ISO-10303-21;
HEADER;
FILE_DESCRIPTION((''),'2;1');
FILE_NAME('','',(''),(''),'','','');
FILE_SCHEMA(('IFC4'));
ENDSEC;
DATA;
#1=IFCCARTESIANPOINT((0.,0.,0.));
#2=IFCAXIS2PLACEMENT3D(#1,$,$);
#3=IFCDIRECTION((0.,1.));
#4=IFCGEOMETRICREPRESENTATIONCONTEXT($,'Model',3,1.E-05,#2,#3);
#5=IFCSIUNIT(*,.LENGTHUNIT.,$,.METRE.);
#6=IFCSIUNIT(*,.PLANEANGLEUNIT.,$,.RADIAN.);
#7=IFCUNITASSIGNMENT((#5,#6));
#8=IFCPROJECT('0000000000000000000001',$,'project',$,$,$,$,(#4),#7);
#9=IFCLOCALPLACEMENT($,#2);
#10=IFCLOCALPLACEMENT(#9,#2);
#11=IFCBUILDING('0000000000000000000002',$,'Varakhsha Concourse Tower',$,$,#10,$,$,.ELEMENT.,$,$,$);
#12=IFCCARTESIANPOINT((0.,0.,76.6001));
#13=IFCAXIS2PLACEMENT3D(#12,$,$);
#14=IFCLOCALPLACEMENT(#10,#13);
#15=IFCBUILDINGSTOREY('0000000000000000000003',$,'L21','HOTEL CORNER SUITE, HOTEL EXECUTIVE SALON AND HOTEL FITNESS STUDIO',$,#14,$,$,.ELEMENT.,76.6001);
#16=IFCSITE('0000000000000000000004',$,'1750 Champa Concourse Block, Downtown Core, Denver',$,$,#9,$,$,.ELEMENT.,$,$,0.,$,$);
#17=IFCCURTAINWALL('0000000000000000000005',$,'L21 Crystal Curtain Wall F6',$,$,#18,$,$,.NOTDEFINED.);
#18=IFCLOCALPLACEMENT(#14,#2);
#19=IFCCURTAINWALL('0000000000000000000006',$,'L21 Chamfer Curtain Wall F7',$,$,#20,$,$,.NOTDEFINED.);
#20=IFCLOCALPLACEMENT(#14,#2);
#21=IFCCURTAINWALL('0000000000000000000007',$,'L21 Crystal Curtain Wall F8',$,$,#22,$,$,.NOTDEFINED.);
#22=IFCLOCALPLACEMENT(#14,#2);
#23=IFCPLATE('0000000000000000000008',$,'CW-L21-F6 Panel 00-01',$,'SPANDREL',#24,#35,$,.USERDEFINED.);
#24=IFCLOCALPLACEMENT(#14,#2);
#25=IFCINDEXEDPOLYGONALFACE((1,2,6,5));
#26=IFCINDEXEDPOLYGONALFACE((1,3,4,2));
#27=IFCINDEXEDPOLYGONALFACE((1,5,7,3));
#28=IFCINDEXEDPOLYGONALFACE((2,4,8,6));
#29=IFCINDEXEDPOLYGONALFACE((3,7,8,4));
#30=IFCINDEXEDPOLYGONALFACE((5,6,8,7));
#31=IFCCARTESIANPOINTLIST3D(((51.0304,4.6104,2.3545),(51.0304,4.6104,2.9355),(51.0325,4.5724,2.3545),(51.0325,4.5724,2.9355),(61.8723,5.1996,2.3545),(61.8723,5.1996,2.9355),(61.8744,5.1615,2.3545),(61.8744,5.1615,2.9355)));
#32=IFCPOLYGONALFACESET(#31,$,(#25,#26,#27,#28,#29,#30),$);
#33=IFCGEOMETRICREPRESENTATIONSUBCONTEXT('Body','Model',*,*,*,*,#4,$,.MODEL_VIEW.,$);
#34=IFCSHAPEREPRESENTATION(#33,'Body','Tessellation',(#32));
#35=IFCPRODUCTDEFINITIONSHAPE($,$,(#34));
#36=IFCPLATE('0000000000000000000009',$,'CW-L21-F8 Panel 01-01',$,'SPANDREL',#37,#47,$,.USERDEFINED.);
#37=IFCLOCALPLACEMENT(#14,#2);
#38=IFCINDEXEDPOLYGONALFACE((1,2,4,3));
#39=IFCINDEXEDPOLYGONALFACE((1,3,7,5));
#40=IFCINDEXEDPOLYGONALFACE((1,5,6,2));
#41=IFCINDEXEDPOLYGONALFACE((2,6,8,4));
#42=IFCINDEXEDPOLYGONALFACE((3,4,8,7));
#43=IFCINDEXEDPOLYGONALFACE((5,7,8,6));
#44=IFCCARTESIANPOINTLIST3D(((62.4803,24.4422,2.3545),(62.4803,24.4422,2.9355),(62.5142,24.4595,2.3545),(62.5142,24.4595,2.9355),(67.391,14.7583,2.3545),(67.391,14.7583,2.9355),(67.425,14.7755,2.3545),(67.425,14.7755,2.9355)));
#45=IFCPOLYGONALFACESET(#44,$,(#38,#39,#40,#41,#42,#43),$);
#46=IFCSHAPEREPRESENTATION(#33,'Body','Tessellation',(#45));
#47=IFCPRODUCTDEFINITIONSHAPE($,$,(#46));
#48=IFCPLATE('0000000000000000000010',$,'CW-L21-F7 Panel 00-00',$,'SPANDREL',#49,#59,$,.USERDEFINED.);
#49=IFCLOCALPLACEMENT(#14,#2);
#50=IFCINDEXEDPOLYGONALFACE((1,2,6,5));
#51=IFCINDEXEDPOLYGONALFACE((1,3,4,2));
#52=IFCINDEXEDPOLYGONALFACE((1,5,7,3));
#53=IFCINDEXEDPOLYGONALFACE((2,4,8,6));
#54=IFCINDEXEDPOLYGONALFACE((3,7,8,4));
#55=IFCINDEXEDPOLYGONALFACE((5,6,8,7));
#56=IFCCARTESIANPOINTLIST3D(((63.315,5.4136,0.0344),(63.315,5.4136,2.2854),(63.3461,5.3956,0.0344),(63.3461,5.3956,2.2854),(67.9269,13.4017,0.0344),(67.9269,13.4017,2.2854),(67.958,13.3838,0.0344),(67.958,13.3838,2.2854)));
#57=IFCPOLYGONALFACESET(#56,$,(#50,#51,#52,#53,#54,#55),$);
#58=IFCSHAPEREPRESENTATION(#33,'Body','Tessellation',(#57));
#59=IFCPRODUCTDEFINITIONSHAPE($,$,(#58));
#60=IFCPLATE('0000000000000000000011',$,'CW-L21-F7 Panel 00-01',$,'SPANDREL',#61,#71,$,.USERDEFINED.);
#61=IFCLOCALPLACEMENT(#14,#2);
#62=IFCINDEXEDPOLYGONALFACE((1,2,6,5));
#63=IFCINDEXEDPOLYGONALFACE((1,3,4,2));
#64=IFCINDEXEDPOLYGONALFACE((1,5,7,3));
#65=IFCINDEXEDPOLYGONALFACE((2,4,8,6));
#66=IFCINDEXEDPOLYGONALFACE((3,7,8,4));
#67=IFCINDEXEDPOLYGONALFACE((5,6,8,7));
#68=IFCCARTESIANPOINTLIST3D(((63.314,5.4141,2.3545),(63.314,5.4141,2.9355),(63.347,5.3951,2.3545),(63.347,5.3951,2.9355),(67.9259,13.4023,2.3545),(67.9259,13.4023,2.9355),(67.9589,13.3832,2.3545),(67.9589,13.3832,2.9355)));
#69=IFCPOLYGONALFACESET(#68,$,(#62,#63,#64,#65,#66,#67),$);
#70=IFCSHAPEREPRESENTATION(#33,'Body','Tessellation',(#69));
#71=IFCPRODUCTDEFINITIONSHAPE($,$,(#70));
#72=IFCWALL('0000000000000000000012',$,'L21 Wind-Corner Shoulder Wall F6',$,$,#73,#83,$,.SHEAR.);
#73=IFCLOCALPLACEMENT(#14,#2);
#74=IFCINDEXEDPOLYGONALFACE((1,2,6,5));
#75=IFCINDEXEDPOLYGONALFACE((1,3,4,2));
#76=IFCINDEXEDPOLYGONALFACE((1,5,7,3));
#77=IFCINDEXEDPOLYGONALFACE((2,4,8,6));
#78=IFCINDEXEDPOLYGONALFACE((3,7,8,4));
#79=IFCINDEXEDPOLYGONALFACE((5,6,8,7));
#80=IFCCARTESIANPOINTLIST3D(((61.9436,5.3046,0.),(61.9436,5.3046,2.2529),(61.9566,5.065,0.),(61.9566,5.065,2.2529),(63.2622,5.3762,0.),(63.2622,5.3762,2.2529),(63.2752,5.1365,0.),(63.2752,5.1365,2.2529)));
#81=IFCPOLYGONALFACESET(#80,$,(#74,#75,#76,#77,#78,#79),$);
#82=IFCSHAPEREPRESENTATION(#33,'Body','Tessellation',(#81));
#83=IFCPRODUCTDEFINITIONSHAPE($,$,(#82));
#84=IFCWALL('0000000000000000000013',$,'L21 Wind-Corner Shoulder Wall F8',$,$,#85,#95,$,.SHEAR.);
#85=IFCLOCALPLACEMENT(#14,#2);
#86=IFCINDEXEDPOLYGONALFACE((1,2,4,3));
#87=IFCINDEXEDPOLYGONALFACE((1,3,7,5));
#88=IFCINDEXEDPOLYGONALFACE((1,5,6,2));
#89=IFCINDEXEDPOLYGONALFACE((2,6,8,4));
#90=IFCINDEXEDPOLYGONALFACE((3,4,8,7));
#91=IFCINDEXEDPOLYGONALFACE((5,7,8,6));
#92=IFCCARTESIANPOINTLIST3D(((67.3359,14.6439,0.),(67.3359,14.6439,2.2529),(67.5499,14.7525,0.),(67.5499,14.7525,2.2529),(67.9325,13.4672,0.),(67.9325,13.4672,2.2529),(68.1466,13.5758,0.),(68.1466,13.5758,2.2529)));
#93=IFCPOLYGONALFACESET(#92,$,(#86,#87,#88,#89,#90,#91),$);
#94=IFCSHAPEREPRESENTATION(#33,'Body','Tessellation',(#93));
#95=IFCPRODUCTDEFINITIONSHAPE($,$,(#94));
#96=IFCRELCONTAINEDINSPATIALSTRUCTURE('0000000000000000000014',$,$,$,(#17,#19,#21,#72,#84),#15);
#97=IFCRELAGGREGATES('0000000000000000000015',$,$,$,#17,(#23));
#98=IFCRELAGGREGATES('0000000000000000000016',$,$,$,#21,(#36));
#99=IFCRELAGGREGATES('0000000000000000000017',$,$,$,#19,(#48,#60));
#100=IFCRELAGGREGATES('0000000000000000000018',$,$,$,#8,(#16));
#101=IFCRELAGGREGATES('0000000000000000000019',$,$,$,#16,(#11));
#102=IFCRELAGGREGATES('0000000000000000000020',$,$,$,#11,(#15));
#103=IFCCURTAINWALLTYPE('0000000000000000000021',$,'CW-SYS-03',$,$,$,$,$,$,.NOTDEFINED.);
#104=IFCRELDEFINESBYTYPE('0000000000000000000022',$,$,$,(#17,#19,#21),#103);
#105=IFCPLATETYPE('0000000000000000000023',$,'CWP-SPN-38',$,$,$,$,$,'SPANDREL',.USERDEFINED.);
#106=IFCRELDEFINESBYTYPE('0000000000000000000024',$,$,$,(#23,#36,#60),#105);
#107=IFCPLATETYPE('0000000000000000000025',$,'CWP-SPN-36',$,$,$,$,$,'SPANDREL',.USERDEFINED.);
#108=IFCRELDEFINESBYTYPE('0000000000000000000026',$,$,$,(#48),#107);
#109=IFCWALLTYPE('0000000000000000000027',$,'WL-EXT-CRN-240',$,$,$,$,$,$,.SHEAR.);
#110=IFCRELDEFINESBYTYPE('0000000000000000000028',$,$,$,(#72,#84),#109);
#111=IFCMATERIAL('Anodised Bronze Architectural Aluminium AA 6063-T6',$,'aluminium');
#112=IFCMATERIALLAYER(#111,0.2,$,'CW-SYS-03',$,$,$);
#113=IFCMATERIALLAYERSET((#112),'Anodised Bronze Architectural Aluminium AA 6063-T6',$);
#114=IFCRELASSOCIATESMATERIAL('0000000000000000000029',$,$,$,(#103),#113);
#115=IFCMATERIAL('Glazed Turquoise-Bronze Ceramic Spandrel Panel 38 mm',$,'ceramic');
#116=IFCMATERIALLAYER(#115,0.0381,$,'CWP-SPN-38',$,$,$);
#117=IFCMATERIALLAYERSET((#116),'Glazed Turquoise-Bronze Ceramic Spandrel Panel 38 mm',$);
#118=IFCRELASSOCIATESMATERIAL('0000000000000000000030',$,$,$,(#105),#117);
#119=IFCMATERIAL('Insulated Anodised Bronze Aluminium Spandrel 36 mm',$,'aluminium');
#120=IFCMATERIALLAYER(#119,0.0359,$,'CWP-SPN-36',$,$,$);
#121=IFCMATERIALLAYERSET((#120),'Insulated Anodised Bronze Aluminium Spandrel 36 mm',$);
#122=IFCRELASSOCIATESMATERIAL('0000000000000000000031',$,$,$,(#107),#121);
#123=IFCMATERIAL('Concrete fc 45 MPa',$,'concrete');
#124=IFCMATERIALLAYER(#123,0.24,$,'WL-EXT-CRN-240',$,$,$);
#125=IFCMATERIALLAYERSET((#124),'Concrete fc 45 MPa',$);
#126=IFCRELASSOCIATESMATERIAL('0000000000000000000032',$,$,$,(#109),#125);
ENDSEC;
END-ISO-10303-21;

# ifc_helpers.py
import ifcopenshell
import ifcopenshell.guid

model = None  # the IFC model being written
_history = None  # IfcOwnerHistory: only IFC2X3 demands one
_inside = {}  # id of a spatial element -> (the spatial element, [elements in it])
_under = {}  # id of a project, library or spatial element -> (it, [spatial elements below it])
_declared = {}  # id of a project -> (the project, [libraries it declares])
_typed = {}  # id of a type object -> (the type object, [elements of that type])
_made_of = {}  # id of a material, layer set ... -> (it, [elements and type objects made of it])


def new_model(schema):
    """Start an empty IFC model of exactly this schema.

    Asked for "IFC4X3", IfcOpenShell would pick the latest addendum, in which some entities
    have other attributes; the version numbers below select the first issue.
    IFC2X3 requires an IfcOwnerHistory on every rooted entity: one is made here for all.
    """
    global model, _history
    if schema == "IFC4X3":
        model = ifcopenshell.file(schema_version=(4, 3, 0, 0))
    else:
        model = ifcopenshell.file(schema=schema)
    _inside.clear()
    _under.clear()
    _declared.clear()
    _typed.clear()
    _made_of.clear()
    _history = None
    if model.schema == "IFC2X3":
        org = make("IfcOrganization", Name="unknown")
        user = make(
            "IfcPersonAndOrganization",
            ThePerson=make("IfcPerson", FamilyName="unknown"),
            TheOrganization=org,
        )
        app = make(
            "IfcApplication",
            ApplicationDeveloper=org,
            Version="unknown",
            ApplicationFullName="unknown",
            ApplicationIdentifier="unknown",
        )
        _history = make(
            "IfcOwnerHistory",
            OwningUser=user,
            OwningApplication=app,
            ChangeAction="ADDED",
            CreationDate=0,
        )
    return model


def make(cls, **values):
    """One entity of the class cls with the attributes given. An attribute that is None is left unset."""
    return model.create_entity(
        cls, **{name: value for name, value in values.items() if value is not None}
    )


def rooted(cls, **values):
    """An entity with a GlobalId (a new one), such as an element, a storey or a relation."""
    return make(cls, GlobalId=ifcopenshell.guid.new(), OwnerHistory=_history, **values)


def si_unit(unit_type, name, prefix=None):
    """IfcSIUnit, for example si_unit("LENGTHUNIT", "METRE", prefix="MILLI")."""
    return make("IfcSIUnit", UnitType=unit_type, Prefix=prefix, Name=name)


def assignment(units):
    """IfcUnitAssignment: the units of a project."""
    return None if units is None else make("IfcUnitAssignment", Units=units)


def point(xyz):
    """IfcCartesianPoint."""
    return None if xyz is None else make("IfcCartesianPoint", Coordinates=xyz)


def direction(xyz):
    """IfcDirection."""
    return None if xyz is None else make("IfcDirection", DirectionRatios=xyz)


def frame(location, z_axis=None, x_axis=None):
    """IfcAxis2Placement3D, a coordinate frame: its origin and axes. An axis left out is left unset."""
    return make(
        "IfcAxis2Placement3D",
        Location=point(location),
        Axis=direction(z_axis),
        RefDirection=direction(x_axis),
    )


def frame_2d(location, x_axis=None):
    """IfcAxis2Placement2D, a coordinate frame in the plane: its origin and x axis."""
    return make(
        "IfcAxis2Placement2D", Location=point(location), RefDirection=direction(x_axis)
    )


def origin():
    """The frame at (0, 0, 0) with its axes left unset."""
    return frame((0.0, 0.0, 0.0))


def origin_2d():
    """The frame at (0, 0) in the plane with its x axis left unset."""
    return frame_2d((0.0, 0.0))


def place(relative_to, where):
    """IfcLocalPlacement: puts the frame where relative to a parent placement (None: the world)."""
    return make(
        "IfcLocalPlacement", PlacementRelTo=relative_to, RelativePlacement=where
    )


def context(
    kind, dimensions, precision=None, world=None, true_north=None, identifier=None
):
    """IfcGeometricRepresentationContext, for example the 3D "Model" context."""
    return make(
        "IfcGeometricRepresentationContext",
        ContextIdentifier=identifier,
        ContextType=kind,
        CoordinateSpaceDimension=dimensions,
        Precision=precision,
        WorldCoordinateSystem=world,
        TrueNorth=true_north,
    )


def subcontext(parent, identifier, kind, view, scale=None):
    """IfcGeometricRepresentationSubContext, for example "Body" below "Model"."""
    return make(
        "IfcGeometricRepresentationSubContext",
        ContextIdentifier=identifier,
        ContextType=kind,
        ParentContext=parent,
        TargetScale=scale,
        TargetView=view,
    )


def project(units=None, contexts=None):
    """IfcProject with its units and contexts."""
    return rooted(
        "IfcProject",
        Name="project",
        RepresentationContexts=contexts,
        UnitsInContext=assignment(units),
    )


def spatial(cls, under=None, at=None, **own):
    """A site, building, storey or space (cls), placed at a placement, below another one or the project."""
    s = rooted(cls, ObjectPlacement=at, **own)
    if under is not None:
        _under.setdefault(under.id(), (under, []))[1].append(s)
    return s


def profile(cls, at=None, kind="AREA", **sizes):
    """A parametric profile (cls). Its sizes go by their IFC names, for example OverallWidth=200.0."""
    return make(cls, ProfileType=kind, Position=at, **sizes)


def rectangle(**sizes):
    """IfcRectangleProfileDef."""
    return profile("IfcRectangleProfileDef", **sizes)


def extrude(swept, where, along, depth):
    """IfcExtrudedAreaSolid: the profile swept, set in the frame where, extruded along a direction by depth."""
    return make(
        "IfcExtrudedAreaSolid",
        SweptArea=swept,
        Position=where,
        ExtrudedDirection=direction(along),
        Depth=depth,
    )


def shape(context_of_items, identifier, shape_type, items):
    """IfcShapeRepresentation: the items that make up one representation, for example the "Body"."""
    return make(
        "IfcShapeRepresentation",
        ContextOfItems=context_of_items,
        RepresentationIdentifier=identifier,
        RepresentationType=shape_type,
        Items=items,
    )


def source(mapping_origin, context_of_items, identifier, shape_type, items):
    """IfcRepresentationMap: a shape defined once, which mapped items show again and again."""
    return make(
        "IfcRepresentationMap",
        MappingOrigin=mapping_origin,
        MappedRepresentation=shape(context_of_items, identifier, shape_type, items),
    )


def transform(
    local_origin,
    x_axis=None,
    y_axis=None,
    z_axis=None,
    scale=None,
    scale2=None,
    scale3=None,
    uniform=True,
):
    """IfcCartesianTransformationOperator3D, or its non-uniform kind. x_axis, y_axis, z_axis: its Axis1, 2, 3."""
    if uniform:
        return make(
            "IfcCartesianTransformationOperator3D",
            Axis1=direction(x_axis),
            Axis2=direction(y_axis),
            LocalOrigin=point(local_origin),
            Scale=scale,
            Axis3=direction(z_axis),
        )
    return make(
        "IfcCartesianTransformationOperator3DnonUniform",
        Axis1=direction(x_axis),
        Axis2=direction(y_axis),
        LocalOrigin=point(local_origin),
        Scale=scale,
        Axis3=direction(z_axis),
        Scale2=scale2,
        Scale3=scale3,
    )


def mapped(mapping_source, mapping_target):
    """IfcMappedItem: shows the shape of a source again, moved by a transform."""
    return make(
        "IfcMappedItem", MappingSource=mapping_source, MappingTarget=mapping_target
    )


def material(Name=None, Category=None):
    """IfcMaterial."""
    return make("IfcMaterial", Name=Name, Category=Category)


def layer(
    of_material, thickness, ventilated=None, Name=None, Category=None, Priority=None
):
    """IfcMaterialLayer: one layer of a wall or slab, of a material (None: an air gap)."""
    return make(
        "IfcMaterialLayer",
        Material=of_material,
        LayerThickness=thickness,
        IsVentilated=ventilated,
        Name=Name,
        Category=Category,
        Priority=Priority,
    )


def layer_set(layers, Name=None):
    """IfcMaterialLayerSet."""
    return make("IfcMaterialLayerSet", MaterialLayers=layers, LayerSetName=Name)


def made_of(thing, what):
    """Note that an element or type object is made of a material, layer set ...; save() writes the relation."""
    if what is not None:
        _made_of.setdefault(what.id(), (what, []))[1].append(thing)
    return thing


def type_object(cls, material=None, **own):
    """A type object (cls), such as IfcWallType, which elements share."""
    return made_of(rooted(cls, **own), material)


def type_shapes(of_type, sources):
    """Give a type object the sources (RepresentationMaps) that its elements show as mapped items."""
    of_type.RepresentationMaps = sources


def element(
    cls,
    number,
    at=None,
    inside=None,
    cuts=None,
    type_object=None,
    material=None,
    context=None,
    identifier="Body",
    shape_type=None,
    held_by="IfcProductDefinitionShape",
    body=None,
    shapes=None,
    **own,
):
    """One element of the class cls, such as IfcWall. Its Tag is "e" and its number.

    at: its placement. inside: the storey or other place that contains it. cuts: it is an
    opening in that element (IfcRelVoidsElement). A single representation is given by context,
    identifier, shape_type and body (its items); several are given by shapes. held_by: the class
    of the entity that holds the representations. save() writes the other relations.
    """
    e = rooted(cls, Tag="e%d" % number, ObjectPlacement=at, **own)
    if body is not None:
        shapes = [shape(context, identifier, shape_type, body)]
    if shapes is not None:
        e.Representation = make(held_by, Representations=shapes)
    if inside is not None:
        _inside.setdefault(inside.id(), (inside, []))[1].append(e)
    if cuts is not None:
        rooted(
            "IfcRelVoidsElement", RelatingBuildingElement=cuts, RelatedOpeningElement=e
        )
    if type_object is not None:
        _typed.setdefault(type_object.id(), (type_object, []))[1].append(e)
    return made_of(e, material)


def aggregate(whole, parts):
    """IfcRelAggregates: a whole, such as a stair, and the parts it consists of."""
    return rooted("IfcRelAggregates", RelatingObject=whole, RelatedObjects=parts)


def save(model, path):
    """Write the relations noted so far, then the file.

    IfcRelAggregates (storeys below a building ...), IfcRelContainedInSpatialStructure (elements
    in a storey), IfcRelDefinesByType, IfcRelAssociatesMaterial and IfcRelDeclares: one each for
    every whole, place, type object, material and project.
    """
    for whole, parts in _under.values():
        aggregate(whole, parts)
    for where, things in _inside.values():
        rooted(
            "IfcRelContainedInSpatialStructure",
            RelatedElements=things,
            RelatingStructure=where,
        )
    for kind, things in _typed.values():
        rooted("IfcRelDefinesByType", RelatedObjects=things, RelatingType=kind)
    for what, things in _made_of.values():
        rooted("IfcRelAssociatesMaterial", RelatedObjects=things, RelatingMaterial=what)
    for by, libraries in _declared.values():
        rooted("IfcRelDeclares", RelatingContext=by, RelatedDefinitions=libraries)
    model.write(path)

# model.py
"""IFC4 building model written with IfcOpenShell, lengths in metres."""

from ifc_helpers import new_model, si_unit, direction, frame, frame_2d, origin, origin_2d, place, context, subcontext, project, spatial, rectangle, extrude, source, transform, mapped, material, layer, layer_set, type_object, type_shapes, element, aggregate, save


model = new_model("IFC4")

# Units and contexts
model_context = context("Model", 3, precision=1e-05, world=origin(), true_north=direction((0.0, 1.0)))
body_context = subcontext(model_context, "Body", "Model", "MODEL_VIEW")
ifc_project = project(units=[si_unit("LENGTHUNIT", "METRE"), si_unit("PLANEANGLEUNIT", "RADIAN")], contexts=[model_context])

# Site, building, storey
site_placement = place(None, origin())
site = spatial("IfcSite", under=ifc_project, at=site_placement, Name="1750 Champa Concourse Block, Downtown Core, Denver", CompositionType="ELEMENT", RefElevation=0.0)
building_placement = place(site_placement, origin())
building = spatial("IfcBuilding", under=site, at=building_placement, Name="Varakhsha Concourse Tower", CompositionType="ELEMENT")
storey_placement = place(building_placement, frame((0.0, 0.0, 76.6001)))
storey = spatial("IfcBuildingStorey", under=building, at=storey_placement, Name="L21", Description="HOTEL CORNER SUITE, HOTEL EXECUTIVE SALON AND HOTEL FITNESS STUDIO", CompositionType="ELEMENT", Elevation=76.6001)

# Curtain walls
ifc_material_1 = material(Name="Anodised Bronze Architectural Aluminium AA 6063-T6", Category="aluminium")
ifc_layer_1 = layer(ifc_material_1, 0.2, Name="CW-SYS-03")
ifc_layer_set_1 = layer_set([ifc_layer_1], Name="Anodised Bronze Architectural Aluminium AA 6063-T6")
curtain_wall_type = type_object("IfcCurtainWallType", Name="CW-SYS-03", PredefinedType="NOTDEFINED", material=ifc_layer_set_1)
curtain_wall_1_placement = place(storey_placement, origin())
curtain_wall_1 = element("IfcCurtainWall", 1, at=curtain_wall_1_placement, inside=storey, type_object=curtain_wall_type, Name="L21 Crystal Curtain Wall F6", PredefinedType="NOTDEFINED")
curtain_wall_2_placement = place(storey_placement, origin())
curtain_wall_2 = element("IfcCurtainWall", 2, at=curtain_wall_2_placement, inside=storey, type_object=curtain_wall_type, Name="L21 Chamfer Curtain Wall F7", PredefinedType="NOTDEFINED")

# Curtain wall
curtain_wall_3_placement = place(storey_placement, origin())
curtain_wall_3 = element("IfcCurtainWall", 3, at=curtain_wall_3_placement, inside=storey, type_object=curtain_wall_type, Name="L21 Crystal Curtain Wall F8", PredefinedType="NOTDEFINED")

# Plates
ifc_material_2 = material(Name="Glazed Turquoise-Bronze Ceramic Spandrel Panel 38 mm", Category="ceramic")
ifc_layer_2 = layer(ifc_material_2, 0.0381, Name="CWP-SPN-38")
ifc_layer_set_2 = layer_set([ifc_layer_2], Name="Glazed Turquoise-Bronze Ceramic Spandrel Panel 38 mm")
plate_type_1 = type_object("IfcPlateType", Name="CWP-SPN-38", ElementType="SPANDREL", PredefinedType="USERDEFINED", material=ifc_layer_set_2)
shared_shape_1 = source(origin(), body_context, "Body", "SweptSolid", [
    extrude(rectangle(XDim=10.8579, YDim=0.0381, at=origin_2d()), origin(), (0.0, 0.0, 1.0), 0.5811),
])
plate_1_placement = place(storey_placement, frame((56.4524, 4.886, 2.3545), z_axis=(0.0, 0.0, 1.0), x_axis=(-0.998527, -0.054257, 0.0)))
plate_1 = element("IfcPlate", 4, at=plate_1_placement, type_object=plate_type_1, Name="CW-L21-F6 Panel 00-01", ObjectType="SPANDREL", PredefinedType="USERDEFINED", context=body_context, shape_type="MappedRepresentation", body=[
    mapped(shared_shape_1, transform((0.0, 0.0, 0.0), scale=1.0)),
])
aggregate(curtain_wall_1, [plate_1])
plate_2_placement = place(storey_placement, frame((64.9526, 19.6089, 2.3545), z_axis=(0.0, 0.0, 1.0), x_axis=(0.452274, -0.891879, 0.0)))
plate_2 = element("IfcPlate", 5, at=plate_2_placement, type_object=plate_type_1, Name="CW-L21-F8 Panel 01-01", ObjectType="SPANDREL", PredefinedType="USERDEFINED", context=body_context, shape_type="MappedRepresentation", body=[
    mapped(shared_shape_1, transform((0.0, 0.0, 0.0), scale=1.0)),
])
aggregate(curtain_wall_3, [plate_2])
ifc_material_3 = material(Name="Insulated Anodised Bronze Aluminium Spandrel 36 mm", Category="aluminium")
ifc_layer_3 = layer(ifc_material_3, 0.0359, Name="CWP-SPN-36")
ifc_layer_set_3 = layer_set([ifc_layer_3], Name="Insulated Anodised Bronze Aluminium Spandrel 36 mm")
plate_type_2 = type_object("IfcPlateType", Name="CWP-SPN-36", ElementType="SPANDREL", PredefinedType="USERDEFINED", material=ifc_layer_set_3)
shared_shape_2 = source(origin(), body_context, "Body", "SweptSolid", [
    extrude(rectangle(XDim=9.2239, YDim=0.0359, at=origin_2d()), origin(), (0.0, 0.0, 1.0), 2.251),
])
type_shapes(plate_type_2, [shared_shape_2])
plate_3_placement = place(storey_placement, frame((65.6365, 9.3987, 0.0344), z_axis=(0.0, 0.0, 1.0), x_axis=(-0.499994, -0.866029, 0.0)))
plate_3 = element("IfcPlate", 6, at=plate_3_placement, type_object=plate_type_2, Name="CW-L21-F7 Panel 00-00", ObjectType="SPANDREL", PredefinedType="USERDEFINED", context=body_context, shape_type="MappedRepresentation", body=[
    mapped(shared_shape_2, transform((0.0, 0.0, 0.0), scale=1.0)),
])
shared_shape_3 = source(origin(), body_context, "Body", "SweptSolid", [
    extrude(rectangle(XDim=9.2239, YDim=0.0381, at=origin_2d()), origin(), (0.0, 0.0, 1.0), 0.5811),
])
type_shapes(plate_type_1, [shared_shape_1, shared_shape_3])
plate_4_placement = place(storey_placement, frame((65.6365, 9.3987, 2.3545), z_axis=(0.0, 0.0, 1.0), x_axis=(-0.499994, -0.866029, 0.0)))
plate_4 = element("IfcPlate", 7, at=plate_4_placement, type_object=plate_type_1, Name="CW-L21-F7 Panel 00-01", ObjectType="SPANDREL", PredefinedType="USERDEFINED", context=body_context, shape_type="MappedRepresentation", body=[
    mapped(shared_shape_3, transform((0.0, 0.0, 0.0), scale=1.0)),
])
aggregate(curtain_wall_2, [plate_3, plate_4])

# Walls
ifc_material_4 = material(Name="Concrete fc 45 MPa", Category="concrete")
ifc_layer_4 = layer(ifc_material_4, 0.24, Name="WL-EXT-CRN-240")
ifc_layer_set_4 = layer_set([ifc_layer_4], Name="Concrete fc 45 MPa")
wall_type = type_object("IfcWallType", Name="WL-EXT-CRN-240", PredefinedType="SHEAR", material=ifc_layer_set_4)
wall_1_placement = place(storey_placement, frame((61.9502, 5.1848, 0.0), z_axis=(0.0, 0.0, 1.0), x_axis=(0.998532, 0.05417, 0.0)))
element("IfcWall", 8, at=wall_1_placement, inside=storey, type_object=wall_type, Name="L21 Wind-Corner Shoulder Wall F6", PredefinedType="SHEAR", context=body_context, shape_type="SweptSolid", body=[
    extrude(rectangle(XDim=1.3206, YDim=0.24, at=frame_2d((0.6602, 0.0))), origin(), (0.0, 0.0, 1.0), 2.2529),
])
wall_2_placement = place(storey_placement, frame((68.0396, 13.5215, 0.0), z_axis=(0.0, 0.0, 1.0), x_axis=(-0.45224, 0.891896, 0.0)))
element("IfcWall", 9, at=wall_2_placement, inside=storey, type_object=wall_type, Name="L21 Wind-Corner Shoulder Wall F8", PredefinedType="SHEAR", context=body_context, shape_type="SweptSolid", body=[
    extrude(rectangle(XDim=1.3193, YDim=0.24, at=frame_2d((0.6597, 0.0))), origin(), (0.0, 0.0, 1.0), 2.2529),
])

save(model, "model.ifc")
